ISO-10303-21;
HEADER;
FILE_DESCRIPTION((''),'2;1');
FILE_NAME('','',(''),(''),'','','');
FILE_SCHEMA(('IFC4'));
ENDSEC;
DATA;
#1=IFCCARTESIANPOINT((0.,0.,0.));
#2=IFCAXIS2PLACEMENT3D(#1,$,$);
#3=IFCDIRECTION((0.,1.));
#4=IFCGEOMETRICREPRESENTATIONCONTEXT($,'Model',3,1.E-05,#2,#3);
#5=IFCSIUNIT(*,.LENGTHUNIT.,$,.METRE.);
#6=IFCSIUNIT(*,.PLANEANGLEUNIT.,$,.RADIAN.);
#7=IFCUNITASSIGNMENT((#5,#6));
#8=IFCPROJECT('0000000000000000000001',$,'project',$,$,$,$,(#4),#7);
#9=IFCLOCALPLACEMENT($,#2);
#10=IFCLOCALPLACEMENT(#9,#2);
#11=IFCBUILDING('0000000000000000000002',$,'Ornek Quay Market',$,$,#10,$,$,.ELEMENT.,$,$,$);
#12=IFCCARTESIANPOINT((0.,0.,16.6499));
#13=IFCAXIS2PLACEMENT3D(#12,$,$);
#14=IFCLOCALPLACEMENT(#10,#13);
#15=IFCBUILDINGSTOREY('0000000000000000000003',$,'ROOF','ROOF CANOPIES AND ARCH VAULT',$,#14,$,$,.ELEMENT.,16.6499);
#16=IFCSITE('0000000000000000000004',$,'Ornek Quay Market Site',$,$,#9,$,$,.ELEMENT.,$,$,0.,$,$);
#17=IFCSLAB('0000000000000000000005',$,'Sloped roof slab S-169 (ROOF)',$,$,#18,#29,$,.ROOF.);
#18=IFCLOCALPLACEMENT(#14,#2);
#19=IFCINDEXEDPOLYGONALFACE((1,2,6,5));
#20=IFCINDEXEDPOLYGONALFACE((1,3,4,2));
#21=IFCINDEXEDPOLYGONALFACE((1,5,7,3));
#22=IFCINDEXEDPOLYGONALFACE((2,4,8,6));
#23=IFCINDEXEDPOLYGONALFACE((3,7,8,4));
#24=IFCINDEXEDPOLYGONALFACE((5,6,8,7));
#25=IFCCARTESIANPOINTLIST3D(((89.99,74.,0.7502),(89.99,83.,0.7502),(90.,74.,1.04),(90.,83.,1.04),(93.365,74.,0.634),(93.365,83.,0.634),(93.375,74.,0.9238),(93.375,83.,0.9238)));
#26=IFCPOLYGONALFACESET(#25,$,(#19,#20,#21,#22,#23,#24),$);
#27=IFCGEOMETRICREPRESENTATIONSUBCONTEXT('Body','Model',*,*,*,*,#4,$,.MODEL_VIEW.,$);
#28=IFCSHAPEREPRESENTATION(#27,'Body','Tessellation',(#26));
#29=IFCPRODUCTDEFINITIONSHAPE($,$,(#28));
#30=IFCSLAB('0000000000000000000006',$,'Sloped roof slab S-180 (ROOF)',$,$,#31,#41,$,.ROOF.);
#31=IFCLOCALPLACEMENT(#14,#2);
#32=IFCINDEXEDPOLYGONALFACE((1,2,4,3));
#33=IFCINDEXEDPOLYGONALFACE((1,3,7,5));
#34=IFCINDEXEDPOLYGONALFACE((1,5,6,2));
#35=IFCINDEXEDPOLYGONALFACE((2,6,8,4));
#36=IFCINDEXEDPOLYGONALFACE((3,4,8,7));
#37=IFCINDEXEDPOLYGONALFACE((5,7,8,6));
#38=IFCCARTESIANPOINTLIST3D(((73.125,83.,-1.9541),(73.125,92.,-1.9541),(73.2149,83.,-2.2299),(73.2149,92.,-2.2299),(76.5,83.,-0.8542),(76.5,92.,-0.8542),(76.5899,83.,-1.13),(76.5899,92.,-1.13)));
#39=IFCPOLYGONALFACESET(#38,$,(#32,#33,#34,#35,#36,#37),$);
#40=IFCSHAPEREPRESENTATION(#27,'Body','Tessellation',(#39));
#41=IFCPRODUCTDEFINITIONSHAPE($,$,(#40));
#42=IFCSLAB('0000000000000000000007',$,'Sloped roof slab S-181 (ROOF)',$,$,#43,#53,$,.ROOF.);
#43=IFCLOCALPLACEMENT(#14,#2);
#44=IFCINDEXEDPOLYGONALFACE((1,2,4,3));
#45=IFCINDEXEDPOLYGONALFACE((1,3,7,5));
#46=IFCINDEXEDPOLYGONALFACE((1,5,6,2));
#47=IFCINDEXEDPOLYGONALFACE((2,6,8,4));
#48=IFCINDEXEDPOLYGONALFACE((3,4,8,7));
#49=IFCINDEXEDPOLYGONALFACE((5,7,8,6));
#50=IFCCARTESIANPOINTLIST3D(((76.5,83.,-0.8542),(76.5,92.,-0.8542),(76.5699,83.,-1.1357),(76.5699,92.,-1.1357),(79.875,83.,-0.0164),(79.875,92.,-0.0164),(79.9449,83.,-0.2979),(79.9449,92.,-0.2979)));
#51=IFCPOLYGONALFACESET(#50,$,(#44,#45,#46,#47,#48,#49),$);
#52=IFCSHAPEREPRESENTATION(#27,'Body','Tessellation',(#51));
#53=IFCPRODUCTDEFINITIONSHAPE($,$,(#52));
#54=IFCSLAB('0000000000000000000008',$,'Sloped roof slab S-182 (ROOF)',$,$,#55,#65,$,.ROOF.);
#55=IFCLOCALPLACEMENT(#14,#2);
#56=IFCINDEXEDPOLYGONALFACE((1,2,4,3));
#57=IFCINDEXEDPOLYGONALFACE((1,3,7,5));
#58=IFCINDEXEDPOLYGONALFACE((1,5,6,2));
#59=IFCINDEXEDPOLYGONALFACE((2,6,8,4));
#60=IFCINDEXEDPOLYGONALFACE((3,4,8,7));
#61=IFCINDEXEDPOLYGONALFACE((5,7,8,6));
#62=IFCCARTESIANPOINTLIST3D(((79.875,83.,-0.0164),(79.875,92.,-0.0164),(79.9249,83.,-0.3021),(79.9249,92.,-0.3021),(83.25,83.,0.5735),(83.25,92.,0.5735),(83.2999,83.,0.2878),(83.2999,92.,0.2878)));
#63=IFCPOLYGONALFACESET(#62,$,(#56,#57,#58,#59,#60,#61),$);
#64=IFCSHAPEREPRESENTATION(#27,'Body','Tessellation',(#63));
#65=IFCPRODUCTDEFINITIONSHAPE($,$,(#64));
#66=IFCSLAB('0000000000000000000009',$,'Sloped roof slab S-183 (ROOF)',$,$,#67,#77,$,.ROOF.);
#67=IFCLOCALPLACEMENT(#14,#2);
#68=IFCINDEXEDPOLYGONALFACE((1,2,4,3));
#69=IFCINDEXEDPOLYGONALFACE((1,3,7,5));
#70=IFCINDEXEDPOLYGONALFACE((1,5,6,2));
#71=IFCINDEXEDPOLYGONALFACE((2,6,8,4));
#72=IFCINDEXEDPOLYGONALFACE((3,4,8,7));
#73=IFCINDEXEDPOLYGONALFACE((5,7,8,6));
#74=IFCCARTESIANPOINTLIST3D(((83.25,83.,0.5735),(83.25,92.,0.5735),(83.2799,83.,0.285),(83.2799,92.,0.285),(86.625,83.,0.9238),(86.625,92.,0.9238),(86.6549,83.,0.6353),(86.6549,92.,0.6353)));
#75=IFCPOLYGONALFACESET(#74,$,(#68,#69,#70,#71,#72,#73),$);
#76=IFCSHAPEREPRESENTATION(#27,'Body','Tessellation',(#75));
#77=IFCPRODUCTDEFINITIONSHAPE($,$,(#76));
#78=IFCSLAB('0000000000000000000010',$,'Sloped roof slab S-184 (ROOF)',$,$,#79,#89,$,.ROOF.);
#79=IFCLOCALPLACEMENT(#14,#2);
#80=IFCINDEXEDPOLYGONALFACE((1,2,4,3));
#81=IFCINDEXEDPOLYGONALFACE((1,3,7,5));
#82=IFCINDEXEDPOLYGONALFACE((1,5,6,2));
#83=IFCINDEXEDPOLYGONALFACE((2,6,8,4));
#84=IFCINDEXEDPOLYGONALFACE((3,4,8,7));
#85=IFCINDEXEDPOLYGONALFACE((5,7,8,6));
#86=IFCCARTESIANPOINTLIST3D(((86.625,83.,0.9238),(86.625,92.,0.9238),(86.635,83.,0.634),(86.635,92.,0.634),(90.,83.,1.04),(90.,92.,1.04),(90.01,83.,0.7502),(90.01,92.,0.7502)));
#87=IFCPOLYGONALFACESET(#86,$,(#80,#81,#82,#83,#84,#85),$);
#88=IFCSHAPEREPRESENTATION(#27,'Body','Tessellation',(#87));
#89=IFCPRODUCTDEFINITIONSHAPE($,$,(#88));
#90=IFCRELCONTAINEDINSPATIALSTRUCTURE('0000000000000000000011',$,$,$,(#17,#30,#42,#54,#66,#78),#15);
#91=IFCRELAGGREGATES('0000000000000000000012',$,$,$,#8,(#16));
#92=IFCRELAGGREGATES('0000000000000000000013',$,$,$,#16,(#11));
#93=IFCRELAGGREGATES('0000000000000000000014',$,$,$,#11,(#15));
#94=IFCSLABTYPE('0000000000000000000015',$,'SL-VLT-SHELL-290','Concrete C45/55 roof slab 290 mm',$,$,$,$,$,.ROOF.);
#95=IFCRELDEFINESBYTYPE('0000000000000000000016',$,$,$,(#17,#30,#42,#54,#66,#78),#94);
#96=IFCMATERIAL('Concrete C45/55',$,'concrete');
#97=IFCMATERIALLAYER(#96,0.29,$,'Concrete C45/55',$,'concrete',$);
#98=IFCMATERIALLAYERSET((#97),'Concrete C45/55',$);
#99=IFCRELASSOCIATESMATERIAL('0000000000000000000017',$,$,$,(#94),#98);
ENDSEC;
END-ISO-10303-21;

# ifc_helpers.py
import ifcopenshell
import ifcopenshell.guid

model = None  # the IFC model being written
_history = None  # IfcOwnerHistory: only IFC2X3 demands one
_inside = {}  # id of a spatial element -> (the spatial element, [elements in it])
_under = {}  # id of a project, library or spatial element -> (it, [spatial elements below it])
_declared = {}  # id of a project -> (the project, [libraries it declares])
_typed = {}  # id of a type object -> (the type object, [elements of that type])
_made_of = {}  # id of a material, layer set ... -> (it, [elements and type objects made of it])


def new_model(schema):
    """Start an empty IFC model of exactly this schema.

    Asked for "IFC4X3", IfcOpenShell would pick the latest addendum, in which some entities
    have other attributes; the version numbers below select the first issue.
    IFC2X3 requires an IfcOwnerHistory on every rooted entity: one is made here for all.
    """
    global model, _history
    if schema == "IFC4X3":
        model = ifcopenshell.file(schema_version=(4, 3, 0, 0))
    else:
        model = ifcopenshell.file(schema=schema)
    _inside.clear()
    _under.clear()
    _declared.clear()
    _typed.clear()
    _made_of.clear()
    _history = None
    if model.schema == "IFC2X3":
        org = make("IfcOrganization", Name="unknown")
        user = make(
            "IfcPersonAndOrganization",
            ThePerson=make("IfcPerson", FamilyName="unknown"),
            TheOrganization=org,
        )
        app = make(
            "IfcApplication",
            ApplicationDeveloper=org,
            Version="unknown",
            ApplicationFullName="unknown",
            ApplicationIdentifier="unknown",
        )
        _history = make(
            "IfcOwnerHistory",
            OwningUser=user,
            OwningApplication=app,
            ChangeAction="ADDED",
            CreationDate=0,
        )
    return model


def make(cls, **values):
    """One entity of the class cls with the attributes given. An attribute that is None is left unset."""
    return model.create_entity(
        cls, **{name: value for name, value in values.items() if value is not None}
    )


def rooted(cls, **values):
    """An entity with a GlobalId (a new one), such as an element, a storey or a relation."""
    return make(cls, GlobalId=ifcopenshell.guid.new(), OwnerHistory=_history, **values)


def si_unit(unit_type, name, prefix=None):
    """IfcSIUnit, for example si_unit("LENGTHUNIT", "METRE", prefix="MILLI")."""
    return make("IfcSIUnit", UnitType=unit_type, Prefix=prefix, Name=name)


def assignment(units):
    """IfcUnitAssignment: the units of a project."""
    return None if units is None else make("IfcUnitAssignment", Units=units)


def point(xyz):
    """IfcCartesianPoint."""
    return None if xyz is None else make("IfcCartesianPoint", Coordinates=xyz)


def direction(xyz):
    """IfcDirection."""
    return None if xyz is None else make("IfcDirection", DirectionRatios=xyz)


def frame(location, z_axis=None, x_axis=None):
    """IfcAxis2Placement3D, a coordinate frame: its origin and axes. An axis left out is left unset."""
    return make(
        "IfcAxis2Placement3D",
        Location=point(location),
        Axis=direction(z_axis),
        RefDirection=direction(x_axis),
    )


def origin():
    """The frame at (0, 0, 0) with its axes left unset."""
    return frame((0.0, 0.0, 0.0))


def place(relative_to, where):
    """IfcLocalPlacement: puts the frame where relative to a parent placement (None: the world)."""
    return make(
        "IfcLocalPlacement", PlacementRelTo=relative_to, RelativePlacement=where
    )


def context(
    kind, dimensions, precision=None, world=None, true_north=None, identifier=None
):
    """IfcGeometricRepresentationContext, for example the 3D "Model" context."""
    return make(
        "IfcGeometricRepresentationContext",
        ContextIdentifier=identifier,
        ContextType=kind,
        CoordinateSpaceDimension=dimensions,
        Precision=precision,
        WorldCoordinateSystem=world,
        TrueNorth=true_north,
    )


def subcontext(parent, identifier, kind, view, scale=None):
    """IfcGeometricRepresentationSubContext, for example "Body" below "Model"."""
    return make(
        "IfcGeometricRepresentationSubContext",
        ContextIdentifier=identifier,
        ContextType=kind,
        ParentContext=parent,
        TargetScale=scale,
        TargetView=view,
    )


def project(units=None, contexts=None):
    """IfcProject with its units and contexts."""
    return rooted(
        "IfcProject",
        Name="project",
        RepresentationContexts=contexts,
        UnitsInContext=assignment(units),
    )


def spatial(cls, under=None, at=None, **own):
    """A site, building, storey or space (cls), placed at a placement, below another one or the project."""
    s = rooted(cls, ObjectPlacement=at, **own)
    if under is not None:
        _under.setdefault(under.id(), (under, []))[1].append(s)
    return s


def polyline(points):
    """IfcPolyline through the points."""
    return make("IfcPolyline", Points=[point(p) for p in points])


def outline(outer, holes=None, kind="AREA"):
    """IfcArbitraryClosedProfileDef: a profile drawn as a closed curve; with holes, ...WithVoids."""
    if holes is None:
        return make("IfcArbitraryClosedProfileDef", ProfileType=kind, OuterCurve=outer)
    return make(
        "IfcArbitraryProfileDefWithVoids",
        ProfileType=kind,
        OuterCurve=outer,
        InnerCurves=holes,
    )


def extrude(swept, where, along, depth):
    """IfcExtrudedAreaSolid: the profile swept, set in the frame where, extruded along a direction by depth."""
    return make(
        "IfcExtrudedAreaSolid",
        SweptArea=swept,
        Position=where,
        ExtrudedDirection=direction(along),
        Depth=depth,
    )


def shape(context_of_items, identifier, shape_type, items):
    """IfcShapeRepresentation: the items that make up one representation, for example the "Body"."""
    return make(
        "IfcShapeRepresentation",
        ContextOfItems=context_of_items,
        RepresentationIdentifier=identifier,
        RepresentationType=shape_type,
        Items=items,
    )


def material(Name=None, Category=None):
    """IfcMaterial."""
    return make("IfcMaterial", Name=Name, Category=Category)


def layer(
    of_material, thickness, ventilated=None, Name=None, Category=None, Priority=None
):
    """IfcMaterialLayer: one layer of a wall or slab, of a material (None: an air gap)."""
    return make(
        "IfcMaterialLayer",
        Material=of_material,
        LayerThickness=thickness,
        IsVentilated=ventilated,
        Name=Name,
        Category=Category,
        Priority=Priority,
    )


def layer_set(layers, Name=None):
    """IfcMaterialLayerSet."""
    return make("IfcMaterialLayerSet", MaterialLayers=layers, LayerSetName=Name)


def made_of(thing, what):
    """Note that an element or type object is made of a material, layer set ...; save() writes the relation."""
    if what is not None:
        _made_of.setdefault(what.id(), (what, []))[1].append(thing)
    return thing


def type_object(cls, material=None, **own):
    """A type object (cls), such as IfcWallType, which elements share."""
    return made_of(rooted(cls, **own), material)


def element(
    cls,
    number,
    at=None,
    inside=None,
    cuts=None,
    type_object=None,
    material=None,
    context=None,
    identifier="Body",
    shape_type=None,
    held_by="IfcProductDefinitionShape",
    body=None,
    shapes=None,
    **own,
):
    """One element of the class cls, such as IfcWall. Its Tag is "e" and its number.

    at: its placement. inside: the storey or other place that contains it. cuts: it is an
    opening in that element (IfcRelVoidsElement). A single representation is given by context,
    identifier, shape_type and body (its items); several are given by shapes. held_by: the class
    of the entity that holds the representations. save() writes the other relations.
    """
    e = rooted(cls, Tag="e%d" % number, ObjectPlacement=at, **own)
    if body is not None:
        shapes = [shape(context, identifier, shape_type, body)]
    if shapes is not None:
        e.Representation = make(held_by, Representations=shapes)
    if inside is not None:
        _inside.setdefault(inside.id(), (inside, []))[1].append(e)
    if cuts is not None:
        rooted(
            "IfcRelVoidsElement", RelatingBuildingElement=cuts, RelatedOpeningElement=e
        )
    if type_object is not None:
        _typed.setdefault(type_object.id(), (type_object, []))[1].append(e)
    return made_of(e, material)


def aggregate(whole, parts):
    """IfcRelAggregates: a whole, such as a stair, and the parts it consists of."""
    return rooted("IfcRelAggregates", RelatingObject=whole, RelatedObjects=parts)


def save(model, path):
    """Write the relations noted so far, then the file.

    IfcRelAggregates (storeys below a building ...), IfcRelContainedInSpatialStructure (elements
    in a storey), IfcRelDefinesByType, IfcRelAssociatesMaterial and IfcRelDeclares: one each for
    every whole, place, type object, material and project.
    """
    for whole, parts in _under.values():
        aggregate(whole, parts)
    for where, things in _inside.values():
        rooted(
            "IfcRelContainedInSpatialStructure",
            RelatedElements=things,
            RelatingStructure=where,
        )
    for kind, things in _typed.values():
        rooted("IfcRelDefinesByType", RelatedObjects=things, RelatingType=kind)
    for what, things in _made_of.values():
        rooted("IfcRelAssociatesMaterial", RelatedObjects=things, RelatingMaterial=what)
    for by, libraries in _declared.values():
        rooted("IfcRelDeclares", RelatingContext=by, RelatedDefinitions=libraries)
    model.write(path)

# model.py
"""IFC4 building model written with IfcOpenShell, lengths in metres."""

from ifc_helpers import new_model, si_unit, direction, frame, origin, place, context, subcontext, project, spatial, polyline, outline, extrude, material, layer, layer_set, type_object, element, save


model = new_model("IFC4")

# Units and contexts
model_context = context("Model", 3, precision=1e-05, world=origin(), true_north=direction((0.0, 1.0)))
body_context = subcontext(model_context, "Body", "Model", "MODEL_VIEW")
ifc_project = project(units=[si_unit("LENGTHUNIT", "METRE"), si_unit("PLANEANGLEUNIT", "RADIAN")], contexts=[model_context])

# Site, building, storey
site_placement = place(None, origin())
site = spatial("IfcSite", under=ifc_project, at=site_placement, Name="Ornek Quay Market Site", CompositionType="ELEMENT", RefElevation=0.0)
building_placement = place(site_placement, origin())
building = spatial("IfcBuilding", under=site, at=building_placement, Name="Ornek Quay Market", CompositionType="ELEMENT")
storey_placement = place(building_placement, frame((0.0, 0.0, 16.6499)))
storey = spatial("IfcBuildingStorey", under=building, at=storey_placement, Name="ROOF", Description="ROOF CANOPIES AND ARCH VAULT", CompositionType="ELEMENT", Elevation=16.6499)

# Slabs
ifc_material_1 = material(Name="Concrete C45/55", Category="concrete")
ifc_layer = layer(ifc_material_1, 0.29, Name="Concrete C45/55", Category="concrete")
ifc_layer_set = layer_set([ifc_layer], Name="Concrete C45/55")
slab_type = type_object("IfcSlabType", Name="SL-VLT-SHELL-290", Description="Concrete C45/55 roof slab 290 mm", PredefinedType="ROOF", material=ifc_layer_set)
for number, where, z_axis, x_axis, name in (
    (1, (90.0, 74.0, 1.04), (0.034412, 0.0, 0.999408), (0.999408, 0.0, -0.034412), "Sloped roof slab S-169 (ROOF)"),
):
    element("IfcSlab", number, at=place(storey_placement, frame(where, z_axis=z_axis, x_axis=x_axis)), inside=storey, type_object=slab_type, Name=name, PredefinedType="ROOF", context=body_context, shape_type="SweptSolid", body=[
        extrude(outline(polyline([(0.0, 0.0), (3.377, 0.0), (3.377, 9.0), (0.0, 9.0), (0.0, 0.0)])), origin(), (0.0, 0.0, -1.0), 0.29),
    ])
slab_1_placement = place(storey_placement, frame((73.125, 83.0, -1.9541), z_axis=(-0.309845, 0.0, 0.950787), x_axis=(0.950787, 0.0, 0.309845)))
element("IfcSlab", 2, at=slab_1_placement, inside=storey, type_object=slab_type, Name="Sloped roof slab S-180 (ROOF)", PredefinedType="ROOF", context=body_context, shape_type="SweptSolid", body=[
    extrude(outline(polyline([(0.0, 0.0), (3.5497, 0.0), (3.5497, 9.0), (0.0, 9.0), (0.0, 0.0)])), origin(), (0.0, 0.0, -1.0), 0.29),
])
slab_2_placement = place(storey_placement, frame((76.5, 83.0, -0.8542), z_axis=(-0.240949, 0.0, 0.970538), x_axis=(0.970538, 0.0, 0.240949)))
element("IfcSlab", 3, at=slab_2_placement, inside=storey, type_object=slab_type, Name="Sloped roof slab S-181 (ROOF)", PredefinedType="ROOF", context=body_context, shape_type="SweptSolid", body=[
    extrude(outline(polyline([(0.0, 0.0), (3.4775, 0.0), (3.4775, 9.0), (0.0, 9.0), (0.0, 0.0)])), origin(), (0.0, 0.0, -1.0), 0.29),
])
slab_3_placement = place(storey_placement, frame((79.875, 83.0, -0.0164), z_axis=(-0.172159, 0.0, 0.985069), x_axis=(0.985069, 0.0, 0.172159)))
element("IfcSlab", 4, at=slab_3_placement, inside=storey, type_object=slab_type, Name="Sloped roof slab S-182 (ROOF)", PredefinedType="ROOF", context=body_context, shape_type="SweptSolid", body=[
    extrude(outline(polyline([(0.0, 0.0), (3.4262, 0.0), (3.4262, 9.0), (0.0, 9.0), (0.0, 0.0)])), origin(), (0.0, 0.0, -1.0), 0.29),
])
slab_4_placement = place(storey_placement, frame((83.25, 83.0, 0.5735), z_axis=(-0.10325, 0.0, 0.994655), x_axis=(0.994655, 0.0, 0.10325)))
element("IfcSlab", 5, at=slab_4_placement, inside=storey, type_object=slab_type, Name="Sloped roof slab S-183 (ROOF)", PredefinedType="ROOF", context=body_context, shape_type="SweptSolid", body=[
    extrude(outline(polyline([(0.0, 0.0), (3.3931, 0.0), (3.3931, 9.0), (0.0, 9.0), (0.0, 0.0)])), origin(), (0.0, 0.0, -1.0), 0.29),
])
slab_5_placement = place(storey_placement, frame((86.625, 83.0, 0.9238), z_axis=(-0.034412, 0.0, 0.999408), x_axis=(0.999408, 0.0, 0.034412)))
element("IfcSlab", 6, at=slab_5_placement, inside=storey, type_object=slab_type, Name="Sloped roof slab S-184 (ROOF)", PredefinedType="ROOF", context=body_context, shape_type="SweptSolid", body=[
    extrude(outline(polyline([(0.0, 0.0), (3.377, 0.0), (3.377, 9.0), (0.0, 9.0), (0.0, 0.0)])), origin(), (0.0, 0.0, -1.0), 0.29),
])

save(model, "model.ifc")
